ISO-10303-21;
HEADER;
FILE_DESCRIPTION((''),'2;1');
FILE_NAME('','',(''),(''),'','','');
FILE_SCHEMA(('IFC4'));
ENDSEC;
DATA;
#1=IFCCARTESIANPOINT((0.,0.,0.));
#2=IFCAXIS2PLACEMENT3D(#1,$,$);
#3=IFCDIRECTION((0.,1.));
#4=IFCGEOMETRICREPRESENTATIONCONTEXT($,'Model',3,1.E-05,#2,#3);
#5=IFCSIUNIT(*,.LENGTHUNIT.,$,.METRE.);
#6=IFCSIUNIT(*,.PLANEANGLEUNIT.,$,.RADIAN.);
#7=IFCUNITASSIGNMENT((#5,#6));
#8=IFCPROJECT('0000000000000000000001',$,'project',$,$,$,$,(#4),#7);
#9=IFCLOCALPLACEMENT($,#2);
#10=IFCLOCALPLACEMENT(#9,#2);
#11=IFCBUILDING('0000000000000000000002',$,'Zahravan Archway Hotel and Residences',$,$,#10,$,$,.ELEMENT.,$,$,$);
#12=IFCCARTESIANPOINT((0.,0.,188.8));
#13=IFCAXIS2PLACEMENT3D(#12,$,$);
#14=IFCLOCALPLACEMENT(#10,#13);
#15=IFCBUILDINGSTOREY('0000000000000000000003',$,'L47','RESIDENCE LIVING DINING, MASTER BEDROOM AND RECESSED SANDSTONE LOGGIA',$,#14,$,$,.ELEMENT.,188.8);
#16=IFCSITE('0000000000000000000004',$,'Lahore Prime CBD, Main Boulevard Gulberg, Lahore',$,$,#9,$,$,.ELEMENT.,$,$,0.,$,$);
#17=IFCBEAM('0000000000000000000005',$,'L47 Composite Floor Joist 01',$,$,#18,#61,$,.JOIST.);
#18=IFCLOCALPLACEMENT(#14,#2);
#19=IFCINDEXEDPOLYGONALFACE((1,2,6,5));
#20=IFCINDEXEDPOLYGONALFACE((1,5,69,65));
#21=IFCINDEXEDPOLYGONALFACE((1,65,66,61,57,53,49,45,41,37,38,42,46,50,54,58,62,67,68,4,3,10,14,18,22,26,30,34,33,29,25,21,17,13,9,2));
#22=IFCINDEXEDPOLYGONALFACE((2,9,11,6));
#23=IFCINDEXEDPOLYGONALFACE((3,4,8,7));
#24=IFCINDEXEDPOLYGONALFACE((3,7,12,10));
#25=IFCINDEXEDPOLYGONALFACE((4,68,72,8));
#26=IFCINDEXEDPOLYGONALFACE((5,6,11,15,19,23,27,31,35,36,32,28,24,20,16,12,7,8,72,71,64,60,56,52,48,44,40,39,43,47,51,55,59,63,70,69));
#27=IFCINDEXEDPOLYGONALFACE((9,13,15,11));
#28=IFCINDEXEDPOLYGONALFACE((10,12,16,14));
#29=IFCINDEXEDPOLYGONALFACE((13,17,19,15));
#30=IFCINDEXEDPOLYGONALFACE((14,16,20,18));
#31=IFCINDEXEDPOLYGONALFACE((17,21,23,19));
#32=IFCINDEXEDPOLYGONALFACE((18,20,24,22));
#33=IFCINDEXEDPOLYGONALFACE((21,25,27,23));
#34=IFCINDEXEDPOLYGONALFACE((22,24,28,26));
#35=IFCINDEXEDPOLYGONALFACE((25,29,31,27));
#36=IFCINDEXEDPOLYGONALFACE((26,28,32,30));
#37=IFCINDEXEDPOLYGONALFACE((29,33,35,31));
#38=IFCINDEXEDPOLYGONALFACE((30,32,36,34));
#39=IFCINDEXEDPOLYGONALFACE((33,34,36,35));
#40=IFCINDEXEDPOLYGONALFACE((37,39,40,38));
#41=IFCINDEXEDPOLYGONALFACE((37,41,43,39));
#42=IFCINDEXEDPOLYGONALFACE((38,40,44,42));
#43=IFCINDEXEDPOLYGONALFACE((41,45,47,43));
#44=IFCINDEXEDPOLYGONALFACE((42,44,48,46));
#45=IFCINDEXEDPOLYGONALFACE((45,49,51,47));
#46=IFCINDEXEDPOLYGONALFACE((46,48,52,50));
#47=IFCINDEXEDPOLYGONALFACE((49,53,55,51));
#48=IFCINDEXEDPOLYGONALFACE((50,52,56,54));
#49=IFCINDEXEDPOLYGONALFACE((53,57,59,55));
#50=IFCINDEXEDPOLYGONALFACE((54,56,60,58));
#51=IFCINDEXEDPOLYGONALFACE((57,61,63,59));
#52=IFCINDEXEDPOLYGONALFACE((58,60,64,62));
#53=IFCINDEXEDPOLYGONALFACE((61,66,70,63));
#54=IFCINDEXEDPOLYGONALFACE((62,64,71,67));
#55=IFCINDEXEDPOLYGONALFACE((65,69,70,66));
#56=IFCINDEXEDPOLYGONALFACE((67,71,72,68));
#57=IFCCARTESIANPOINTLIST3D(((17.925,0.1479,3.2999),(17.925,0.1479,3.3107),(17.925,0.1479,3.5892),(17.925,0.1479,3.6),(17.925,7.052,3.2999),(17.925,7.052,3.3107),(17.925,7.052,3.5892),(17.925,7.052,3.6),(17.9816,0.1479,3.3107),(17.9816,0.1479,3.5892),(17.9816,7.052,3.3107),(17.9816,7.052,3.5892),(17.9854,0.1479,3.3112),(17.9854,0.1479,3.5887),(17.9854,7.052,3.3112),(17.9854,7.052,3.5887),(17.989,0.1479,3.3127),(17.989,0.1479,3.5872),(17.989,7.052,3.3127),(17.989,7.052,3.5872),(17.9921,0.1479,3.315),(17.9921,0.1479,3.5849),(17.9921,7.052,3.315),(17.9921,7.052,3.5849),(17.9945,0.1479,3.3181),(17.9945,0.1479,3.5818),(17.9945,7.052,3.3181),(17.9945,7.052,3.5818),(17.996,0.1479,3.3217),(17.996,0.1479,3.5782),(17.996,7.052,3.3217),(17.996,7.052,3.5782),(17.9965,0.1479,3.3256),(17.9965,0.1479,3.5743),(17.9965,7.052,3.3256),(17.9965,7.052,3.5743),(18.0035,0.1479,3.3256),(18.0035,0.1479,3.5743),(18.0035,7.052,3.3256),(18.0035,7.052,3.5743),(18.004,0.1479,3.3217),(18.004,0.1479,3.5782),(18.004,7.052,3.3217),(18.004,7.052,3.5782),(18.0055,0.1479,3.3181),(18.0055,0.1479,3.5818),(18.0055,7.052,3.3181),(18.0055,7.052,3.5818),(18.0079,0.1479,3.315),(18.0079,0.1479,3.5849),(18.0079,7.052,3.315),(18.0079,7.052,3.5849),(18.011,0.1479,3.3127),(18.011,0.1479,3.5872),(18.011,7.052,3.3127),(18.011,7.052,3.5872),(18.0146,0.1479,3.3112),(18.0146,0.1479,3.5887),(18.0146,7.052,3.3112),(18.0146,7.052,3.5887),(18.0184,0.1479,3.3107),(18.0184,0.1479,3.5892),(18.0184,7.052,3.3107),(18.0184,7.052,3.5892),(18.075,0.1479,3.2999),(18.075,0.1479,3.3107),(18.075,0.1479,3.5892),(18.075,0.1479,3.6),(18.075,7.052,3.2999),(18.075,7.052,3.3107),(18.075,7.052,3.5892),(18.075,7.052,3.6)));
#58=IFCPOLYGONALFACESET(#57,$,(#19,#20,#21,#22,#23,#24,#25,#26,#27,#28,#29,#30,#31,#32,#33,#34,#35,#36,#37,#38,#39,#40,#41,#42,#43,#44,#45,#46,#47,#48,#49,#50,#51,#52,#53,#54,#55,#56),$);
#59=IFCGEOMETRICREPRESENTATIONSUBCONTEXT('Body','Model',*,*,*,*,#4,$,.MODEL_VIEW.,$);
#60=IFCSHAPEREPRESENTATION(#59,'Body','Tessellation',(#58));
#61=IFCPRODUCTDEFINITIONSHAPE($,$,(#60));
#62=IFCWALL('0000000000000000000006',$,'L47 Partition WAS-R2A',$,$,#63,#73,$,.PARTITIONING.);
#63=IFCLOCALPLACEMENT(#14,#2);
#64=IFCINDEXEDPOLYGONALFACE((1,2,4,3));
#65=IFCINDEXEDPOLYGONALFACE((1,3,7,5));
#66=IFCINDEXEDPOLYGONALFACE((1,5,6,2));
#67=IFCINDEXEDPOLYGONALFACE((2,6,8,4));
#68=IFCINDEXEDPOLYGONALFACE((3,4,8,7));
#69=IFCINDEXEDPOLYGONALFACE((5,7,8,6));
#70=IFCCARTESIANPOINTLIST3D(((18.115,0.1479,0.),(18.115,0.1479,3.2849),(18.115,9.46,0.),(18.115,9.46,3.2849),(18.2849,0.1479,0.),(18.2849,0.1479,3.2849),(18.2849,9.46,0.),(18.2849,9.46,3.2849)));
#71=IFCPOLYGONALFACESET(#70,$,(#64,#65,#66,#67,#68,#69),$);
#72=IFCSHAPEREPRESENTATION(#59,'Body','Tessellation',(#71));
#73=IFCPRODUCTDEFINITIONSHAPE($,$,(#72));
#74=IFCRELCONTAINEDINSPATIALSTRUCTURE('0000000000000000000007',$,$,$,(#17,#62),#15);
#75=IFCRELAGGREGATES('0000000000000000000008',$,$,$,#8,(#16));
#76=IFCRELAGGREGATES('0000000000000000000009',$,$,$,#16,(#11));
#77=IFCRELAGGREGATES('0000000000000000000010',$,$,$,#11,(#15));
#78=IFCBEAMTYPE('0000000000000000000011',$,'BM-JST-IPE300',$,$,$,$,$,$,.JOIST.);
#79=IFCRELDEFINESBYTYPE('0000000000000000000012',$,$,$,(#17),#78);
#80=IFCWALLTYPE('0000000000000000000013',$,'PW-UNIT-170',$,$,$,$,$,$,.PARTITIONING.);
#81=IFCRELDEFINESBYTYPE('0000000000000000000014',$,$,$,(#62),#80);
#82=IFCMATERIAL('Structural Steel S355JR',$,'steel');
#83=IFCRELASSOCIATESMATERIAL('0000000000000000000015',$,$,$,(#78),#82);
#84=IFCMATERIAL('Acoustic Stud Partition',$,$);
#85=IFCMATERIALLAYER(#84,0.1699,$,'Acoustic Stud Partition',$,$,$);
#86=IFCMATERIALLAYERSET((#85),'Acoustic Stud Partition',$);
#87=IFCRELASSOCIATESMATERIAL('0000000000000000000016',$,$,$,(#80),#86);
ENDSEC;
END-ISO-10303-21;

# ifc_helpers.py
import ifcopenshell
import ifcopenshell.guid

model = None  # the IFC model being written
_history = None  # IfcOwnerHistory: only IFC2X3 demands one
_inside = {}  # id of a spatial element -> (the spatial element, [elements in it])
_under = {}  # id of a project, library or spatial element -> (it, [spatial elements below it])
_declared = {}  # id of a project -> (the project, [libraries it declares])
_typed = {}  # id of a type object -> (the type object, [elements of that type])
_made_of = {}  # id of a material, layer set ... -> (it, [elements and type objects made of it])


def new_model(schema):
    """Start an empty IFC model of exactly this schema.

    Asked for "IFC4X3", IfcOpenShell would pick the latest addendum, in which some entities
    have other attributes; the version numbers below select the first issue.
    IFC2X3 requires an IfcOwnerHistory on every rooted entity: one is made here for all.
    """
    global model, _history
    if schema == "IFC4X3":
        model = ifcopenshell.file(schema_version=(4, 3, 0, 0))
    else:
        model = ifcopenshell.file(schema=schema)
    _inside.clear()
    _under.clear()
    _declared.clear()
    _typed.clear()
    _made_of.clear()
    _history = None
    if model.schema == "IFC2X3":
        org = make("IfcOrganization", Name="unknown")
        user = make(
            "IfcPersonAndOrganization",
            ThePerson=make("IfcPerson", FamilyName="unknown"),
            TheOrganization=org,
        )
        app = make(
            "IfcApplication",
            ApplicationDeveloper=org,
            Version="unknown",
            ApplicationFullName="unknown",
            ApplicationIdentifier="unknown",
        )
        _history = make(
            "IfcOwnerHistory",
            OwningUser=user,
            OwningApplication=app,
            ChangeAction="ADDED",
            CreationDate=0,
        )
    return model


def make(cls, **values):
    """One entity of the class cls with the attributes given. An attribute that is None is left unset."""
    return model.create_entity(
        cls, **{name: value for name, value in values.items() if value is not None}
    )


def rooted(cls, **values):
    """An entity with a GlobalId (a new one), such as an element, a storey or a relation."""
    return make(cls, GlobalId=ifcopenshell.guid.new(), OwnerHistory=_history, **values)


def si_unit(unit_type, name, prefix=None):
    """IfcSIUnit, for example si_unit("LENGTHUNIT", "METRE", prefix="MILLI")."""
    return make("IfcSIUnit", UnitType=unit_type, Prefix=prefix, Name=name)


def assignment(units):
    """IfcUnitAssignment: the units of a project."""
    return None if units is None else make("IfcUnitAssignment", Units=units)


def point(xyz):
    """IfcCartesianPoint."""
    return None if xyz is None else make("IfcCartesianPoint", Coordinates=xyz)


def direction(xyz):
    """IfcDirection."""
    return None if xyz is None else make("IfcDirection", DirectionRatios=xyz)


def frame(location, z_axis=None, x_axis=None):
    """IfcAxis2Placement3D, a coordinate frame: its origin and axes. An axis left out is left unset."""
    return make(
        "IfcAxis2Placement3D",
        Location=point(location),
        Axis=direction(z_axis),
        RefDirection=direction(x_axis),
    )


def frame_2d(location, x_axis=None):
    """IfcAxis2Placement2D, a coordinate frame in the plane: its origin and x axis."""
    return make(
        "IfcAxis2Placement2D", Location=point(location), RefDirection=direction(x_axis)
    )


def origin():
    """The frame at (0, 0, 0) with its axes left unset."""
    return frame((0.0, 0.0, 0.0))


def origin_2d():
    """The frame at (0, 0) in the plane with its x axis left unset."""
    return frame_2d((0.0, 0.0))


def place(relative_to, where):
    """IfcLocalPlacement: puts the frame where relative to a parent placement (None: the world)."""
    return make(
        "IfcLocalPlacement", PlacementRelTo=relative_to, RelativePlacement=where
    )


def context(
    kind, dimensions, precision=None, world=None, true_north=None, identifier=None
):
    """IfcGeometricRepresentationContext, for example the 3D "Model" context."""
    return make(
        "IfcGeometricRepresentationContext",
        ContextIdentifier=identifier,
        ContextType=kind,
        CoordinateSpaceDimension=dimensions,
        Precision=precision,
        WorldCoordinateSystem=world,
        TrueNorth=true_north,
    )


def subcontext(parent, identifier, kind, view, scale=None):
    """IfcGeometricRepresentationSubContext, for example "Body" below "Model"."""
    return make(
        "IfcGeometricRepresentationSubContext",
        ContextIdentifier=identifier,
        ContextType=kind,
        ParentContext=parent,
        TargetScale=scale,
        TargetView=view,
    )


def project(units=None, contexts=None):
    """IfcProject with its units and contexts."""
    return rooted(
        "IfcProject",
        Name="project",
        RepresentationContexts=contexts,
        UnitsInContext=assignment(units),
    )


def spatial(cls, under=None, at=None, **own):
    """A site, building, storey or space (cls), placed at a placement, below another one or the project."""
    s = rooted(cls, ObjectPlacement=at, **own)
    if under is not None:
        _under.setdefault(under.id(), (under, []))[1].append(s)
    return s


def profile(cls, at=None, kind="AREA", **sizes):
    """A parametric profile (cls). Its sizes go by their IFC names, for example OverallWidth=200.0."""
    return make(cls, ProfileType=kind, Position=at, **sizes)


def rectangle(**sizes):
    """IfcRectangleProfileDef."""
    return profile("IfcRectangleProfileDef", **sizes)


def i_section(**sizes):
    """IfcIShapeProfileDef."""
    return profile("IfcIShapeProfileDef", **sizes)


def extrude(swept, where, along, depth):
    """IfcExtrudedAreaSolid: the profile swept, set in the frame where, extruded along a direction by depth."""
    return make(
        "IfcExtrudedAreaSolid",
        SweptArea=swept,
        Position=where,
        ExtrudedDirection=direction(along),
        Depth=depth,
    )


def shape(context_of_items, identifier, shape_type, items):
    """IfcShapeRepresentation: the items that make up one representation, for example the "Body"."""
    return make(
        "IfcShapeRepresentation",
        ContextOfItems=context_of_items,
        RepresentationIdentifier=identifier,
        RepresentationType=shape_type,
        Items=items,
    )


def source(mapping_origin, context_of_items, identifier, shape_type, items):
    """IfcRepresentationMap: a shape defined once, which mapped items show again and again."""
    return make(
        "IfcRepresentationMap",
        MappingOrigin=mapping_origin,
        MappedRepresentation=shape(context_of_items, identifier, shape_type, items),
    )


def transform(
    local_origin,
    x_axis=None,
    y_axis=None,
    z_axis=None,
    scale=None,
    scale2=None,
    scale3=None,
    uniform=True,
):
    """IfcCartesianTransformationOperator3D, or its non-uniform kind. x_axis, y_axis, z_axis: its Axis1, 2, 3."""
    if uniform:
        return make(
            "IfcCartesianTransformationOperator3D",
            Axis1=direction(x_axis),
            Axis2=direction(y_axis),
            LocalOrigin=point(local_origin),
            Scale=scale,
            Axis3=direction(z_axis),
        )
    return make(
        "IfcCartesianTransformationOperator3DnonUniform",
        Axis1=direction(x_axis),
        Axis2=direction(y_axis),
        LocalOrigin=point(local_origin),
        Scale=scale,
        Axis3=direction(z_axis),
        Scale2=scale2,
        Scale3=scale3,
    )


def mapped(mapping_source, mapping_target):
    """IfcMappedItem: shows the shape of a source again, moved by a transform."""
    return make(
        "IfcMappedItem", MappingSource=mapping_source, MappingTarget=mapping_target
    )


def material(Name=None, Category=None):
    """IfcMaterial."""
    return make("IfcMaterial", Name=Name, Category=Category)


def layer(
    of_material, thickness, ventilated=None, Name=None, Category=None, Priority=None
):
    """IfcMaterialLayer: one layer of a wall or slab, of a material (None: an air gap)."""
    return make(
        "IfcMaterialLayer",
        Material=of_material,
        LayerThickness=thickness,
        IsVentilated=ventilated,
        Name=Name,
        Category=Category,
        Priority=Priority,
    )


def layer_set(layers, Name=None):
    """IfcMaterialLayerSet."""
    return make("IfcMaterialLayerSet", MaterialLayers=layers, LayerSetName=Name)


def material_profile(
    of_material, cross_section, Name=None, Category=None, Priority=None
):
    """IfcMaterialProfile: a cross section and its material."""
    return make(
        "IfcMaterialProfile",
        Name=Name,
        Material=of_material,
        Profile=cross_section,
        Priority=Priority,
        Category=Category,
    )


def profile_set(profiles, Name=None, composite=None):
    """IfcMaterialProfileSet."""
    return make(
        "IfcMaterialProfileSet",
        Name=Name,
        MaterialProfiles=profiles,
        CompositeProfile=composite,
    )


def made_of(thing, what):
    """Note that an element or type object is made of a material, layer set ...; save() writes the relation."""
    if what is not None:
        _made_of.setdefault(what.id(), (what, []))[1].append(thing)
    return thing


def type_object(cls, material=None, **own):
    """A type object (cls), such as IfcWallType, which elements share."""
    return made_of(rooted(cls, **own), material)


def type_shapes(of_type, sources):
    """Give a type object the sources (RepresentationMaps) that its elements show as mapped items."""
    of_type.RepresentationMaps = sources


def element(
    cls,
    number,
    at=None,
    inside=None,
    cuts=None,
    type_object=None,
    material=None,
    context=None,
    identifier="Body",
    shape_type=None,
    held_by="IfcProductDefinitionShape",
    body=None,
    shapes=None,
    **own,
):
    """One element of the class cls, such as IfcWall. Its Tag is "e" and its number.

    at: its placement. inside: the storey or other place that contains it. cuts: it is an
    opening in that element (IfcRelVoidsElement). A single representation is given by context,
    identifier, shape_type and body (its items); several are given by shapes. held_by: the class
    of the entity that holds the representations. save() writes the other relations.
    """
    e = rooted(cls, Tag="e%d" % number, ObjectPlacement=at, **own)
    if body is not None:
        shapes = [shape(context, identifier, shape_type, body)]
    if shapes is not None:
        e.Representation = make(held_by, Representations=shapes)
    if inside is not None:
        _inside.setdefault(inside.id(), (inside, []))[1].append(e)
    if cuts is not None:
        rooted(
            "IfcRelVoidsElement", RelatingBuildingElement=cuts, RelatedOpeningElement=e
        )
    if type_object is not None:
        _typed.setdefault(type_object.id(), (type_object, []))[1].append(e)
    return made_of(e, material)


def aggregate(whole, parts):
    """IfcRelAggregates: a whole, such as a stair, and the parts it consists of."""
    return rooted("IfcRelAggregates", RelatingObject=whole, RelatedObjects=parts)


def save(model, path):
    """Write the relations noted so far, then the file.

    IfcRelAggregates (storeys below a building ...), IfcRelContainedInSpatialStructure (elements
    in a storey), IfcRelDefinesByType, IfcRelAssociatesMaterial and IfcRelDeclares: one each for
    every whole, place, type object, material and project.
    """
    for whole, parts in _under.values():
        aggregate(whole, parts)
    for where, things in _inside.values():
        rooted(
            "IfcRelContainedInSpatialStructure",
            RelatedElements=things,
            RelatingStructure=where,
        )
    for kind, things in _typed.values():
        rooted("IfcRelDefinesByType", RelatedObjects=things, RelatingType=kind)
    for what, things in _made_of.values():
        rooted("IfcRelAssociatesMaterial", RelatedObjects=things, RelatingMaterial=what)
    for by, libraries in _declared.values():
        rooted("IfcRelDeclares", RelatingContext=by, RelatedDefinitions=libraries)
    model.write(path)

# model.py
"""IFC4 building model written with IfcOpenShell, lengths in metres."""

from ifc_helpers import new_model, si_unit, direction, frame, frame_2d, origin, origin_2d, place, context, subcontext, project, spatial, rectangle, i_section, extrude, source, transform, mapped, material, layer, layer_set, material_profile, profile_set, type_object, type_shapes, element, save


model = new_model("IFC4")

# Units and contexts
model_context = context("Model", 3, precision=1e-05, world=origin(), true_north=direction((0.0, 1.0)))
body_context = subcontext(model_context, "Body", "Model", "MODEL_VIEW")
ifc_project = project(units=[si_unit("LENGTHUNIT", "METRE"), si_unit("PLANEANGLEUNIT", "RADIAN")], contexts=[model_context])

# Site, building, storey
site_placement = place(None, origin())
site = spatial("IfcSite", under=ifc_project, at=site_placement, Name="Lahore Prime CBD, Main Boulevard Gulberg, Lahore", CompositionType="ELEMENT", RefElevation=0.0)
building_placement = place(site_placement, origin())
building = spatial("IfcBuilding", under=site, at=building_placement, Name="Zahravan Archway Hotel and Residences", CompositionType="ELEMENT")
storey_placement = place(building_placement, frame((0.0, 0.0, 188.8)))
storey = spatial("IfcBuildingStorey", under=building, at=storey_placement, Name="L47", Description="RESIDENCE LIVING DINING, MASTER BEDROOM AND RECESSED SANDSTONE LOGGIA", CompositionType="ELEMENT", Elevation=188.8)

# Beam
ifc_material_1 = material(Name="Structural Steel S355JR", Category="steel")
ifc_material_profile = material_profile(ifc_material_1, i_section(OverallWidth=0.1499, OverallDepth=0.3, WebThickness=0.0071, FlangeThickness=0.0107, FilletRadius=0.0149, at=origin_2d()), Name="IPE 300", Category="steel")
ifc_profile_set = profile_set([ifc_material_profile], Name="Structural Steel S355JR")
beam_type = type_object("IfcBeamType", Name="BM-JST-IPE300", PredefinedType="JOIST", material=ifc_profile_set)
shared_shape = source(origin(), body_context, "Body", "SweptSolid", [
    extrude(i_section(OverallWidth=0.1499, OverallDepth=0.3, WebThickness=0.0071, FlangeThickness=0.0107, FilletRadius=0.0149, at=origin_2d()), origin(), (0.0, 0.0, 1.0), 6.9041),
])
type_shapes(beam_type, [shared_shape])
beam_placement = place(storey_placement, frame((18.0, 0.1479, 3.45), z_axis=(0.0, 1.0, 0.0), x_axis=(-1.0, 0.0, 0.0)))
element("IfcBeam", 1, at=beam_placement, inside=storey, type_object=beam_type, Name="L47 Composite Floor Joist 01", PredefinedType="JOIST", context=body_context, shape_type="MappedRepresentation", body=[
    mapped(shared_shape, transform((0.0, 0.0, 0.0), scale=1.0)),
])

# Wall
ifc_material_2 = material(Name="Acoustic Stud Partition")
ifc_layer = layer(ifc_material_2, 0.1699, Name="Acoustic Stud Partition")
ifc_layer_set = layer_set([ifc_layer], Name="Acoustic Stud Partition")
wall_type = type_object("IfcWallType", Name="PW-UNIT-170", PredefinedType="PARTITIONING", material=ifc_layer_set)
wall_placement = place(storey_placement, frame((18.2, 0.1479, 0.0), z_axis=(0.0, 0.0, 1.0), x_axis=(0.0, 1.0, 0.0)))
element("IfcWall", 2, at=wall_placement, inside=storey, type_object=wall_type, Name="L47 Partition WAS-R2A", PredefinedType="PARTITIONING", context=body_context, shape_type="SweptSolid", body=[
    extrude(rectangle(XDim=9.312, YDim=0.1699, at=frame_2d((4.656, 0.0))), origin(), (0.0, 0.0, 1.0), 3.2849),
])

save(model, "model.ifc")
